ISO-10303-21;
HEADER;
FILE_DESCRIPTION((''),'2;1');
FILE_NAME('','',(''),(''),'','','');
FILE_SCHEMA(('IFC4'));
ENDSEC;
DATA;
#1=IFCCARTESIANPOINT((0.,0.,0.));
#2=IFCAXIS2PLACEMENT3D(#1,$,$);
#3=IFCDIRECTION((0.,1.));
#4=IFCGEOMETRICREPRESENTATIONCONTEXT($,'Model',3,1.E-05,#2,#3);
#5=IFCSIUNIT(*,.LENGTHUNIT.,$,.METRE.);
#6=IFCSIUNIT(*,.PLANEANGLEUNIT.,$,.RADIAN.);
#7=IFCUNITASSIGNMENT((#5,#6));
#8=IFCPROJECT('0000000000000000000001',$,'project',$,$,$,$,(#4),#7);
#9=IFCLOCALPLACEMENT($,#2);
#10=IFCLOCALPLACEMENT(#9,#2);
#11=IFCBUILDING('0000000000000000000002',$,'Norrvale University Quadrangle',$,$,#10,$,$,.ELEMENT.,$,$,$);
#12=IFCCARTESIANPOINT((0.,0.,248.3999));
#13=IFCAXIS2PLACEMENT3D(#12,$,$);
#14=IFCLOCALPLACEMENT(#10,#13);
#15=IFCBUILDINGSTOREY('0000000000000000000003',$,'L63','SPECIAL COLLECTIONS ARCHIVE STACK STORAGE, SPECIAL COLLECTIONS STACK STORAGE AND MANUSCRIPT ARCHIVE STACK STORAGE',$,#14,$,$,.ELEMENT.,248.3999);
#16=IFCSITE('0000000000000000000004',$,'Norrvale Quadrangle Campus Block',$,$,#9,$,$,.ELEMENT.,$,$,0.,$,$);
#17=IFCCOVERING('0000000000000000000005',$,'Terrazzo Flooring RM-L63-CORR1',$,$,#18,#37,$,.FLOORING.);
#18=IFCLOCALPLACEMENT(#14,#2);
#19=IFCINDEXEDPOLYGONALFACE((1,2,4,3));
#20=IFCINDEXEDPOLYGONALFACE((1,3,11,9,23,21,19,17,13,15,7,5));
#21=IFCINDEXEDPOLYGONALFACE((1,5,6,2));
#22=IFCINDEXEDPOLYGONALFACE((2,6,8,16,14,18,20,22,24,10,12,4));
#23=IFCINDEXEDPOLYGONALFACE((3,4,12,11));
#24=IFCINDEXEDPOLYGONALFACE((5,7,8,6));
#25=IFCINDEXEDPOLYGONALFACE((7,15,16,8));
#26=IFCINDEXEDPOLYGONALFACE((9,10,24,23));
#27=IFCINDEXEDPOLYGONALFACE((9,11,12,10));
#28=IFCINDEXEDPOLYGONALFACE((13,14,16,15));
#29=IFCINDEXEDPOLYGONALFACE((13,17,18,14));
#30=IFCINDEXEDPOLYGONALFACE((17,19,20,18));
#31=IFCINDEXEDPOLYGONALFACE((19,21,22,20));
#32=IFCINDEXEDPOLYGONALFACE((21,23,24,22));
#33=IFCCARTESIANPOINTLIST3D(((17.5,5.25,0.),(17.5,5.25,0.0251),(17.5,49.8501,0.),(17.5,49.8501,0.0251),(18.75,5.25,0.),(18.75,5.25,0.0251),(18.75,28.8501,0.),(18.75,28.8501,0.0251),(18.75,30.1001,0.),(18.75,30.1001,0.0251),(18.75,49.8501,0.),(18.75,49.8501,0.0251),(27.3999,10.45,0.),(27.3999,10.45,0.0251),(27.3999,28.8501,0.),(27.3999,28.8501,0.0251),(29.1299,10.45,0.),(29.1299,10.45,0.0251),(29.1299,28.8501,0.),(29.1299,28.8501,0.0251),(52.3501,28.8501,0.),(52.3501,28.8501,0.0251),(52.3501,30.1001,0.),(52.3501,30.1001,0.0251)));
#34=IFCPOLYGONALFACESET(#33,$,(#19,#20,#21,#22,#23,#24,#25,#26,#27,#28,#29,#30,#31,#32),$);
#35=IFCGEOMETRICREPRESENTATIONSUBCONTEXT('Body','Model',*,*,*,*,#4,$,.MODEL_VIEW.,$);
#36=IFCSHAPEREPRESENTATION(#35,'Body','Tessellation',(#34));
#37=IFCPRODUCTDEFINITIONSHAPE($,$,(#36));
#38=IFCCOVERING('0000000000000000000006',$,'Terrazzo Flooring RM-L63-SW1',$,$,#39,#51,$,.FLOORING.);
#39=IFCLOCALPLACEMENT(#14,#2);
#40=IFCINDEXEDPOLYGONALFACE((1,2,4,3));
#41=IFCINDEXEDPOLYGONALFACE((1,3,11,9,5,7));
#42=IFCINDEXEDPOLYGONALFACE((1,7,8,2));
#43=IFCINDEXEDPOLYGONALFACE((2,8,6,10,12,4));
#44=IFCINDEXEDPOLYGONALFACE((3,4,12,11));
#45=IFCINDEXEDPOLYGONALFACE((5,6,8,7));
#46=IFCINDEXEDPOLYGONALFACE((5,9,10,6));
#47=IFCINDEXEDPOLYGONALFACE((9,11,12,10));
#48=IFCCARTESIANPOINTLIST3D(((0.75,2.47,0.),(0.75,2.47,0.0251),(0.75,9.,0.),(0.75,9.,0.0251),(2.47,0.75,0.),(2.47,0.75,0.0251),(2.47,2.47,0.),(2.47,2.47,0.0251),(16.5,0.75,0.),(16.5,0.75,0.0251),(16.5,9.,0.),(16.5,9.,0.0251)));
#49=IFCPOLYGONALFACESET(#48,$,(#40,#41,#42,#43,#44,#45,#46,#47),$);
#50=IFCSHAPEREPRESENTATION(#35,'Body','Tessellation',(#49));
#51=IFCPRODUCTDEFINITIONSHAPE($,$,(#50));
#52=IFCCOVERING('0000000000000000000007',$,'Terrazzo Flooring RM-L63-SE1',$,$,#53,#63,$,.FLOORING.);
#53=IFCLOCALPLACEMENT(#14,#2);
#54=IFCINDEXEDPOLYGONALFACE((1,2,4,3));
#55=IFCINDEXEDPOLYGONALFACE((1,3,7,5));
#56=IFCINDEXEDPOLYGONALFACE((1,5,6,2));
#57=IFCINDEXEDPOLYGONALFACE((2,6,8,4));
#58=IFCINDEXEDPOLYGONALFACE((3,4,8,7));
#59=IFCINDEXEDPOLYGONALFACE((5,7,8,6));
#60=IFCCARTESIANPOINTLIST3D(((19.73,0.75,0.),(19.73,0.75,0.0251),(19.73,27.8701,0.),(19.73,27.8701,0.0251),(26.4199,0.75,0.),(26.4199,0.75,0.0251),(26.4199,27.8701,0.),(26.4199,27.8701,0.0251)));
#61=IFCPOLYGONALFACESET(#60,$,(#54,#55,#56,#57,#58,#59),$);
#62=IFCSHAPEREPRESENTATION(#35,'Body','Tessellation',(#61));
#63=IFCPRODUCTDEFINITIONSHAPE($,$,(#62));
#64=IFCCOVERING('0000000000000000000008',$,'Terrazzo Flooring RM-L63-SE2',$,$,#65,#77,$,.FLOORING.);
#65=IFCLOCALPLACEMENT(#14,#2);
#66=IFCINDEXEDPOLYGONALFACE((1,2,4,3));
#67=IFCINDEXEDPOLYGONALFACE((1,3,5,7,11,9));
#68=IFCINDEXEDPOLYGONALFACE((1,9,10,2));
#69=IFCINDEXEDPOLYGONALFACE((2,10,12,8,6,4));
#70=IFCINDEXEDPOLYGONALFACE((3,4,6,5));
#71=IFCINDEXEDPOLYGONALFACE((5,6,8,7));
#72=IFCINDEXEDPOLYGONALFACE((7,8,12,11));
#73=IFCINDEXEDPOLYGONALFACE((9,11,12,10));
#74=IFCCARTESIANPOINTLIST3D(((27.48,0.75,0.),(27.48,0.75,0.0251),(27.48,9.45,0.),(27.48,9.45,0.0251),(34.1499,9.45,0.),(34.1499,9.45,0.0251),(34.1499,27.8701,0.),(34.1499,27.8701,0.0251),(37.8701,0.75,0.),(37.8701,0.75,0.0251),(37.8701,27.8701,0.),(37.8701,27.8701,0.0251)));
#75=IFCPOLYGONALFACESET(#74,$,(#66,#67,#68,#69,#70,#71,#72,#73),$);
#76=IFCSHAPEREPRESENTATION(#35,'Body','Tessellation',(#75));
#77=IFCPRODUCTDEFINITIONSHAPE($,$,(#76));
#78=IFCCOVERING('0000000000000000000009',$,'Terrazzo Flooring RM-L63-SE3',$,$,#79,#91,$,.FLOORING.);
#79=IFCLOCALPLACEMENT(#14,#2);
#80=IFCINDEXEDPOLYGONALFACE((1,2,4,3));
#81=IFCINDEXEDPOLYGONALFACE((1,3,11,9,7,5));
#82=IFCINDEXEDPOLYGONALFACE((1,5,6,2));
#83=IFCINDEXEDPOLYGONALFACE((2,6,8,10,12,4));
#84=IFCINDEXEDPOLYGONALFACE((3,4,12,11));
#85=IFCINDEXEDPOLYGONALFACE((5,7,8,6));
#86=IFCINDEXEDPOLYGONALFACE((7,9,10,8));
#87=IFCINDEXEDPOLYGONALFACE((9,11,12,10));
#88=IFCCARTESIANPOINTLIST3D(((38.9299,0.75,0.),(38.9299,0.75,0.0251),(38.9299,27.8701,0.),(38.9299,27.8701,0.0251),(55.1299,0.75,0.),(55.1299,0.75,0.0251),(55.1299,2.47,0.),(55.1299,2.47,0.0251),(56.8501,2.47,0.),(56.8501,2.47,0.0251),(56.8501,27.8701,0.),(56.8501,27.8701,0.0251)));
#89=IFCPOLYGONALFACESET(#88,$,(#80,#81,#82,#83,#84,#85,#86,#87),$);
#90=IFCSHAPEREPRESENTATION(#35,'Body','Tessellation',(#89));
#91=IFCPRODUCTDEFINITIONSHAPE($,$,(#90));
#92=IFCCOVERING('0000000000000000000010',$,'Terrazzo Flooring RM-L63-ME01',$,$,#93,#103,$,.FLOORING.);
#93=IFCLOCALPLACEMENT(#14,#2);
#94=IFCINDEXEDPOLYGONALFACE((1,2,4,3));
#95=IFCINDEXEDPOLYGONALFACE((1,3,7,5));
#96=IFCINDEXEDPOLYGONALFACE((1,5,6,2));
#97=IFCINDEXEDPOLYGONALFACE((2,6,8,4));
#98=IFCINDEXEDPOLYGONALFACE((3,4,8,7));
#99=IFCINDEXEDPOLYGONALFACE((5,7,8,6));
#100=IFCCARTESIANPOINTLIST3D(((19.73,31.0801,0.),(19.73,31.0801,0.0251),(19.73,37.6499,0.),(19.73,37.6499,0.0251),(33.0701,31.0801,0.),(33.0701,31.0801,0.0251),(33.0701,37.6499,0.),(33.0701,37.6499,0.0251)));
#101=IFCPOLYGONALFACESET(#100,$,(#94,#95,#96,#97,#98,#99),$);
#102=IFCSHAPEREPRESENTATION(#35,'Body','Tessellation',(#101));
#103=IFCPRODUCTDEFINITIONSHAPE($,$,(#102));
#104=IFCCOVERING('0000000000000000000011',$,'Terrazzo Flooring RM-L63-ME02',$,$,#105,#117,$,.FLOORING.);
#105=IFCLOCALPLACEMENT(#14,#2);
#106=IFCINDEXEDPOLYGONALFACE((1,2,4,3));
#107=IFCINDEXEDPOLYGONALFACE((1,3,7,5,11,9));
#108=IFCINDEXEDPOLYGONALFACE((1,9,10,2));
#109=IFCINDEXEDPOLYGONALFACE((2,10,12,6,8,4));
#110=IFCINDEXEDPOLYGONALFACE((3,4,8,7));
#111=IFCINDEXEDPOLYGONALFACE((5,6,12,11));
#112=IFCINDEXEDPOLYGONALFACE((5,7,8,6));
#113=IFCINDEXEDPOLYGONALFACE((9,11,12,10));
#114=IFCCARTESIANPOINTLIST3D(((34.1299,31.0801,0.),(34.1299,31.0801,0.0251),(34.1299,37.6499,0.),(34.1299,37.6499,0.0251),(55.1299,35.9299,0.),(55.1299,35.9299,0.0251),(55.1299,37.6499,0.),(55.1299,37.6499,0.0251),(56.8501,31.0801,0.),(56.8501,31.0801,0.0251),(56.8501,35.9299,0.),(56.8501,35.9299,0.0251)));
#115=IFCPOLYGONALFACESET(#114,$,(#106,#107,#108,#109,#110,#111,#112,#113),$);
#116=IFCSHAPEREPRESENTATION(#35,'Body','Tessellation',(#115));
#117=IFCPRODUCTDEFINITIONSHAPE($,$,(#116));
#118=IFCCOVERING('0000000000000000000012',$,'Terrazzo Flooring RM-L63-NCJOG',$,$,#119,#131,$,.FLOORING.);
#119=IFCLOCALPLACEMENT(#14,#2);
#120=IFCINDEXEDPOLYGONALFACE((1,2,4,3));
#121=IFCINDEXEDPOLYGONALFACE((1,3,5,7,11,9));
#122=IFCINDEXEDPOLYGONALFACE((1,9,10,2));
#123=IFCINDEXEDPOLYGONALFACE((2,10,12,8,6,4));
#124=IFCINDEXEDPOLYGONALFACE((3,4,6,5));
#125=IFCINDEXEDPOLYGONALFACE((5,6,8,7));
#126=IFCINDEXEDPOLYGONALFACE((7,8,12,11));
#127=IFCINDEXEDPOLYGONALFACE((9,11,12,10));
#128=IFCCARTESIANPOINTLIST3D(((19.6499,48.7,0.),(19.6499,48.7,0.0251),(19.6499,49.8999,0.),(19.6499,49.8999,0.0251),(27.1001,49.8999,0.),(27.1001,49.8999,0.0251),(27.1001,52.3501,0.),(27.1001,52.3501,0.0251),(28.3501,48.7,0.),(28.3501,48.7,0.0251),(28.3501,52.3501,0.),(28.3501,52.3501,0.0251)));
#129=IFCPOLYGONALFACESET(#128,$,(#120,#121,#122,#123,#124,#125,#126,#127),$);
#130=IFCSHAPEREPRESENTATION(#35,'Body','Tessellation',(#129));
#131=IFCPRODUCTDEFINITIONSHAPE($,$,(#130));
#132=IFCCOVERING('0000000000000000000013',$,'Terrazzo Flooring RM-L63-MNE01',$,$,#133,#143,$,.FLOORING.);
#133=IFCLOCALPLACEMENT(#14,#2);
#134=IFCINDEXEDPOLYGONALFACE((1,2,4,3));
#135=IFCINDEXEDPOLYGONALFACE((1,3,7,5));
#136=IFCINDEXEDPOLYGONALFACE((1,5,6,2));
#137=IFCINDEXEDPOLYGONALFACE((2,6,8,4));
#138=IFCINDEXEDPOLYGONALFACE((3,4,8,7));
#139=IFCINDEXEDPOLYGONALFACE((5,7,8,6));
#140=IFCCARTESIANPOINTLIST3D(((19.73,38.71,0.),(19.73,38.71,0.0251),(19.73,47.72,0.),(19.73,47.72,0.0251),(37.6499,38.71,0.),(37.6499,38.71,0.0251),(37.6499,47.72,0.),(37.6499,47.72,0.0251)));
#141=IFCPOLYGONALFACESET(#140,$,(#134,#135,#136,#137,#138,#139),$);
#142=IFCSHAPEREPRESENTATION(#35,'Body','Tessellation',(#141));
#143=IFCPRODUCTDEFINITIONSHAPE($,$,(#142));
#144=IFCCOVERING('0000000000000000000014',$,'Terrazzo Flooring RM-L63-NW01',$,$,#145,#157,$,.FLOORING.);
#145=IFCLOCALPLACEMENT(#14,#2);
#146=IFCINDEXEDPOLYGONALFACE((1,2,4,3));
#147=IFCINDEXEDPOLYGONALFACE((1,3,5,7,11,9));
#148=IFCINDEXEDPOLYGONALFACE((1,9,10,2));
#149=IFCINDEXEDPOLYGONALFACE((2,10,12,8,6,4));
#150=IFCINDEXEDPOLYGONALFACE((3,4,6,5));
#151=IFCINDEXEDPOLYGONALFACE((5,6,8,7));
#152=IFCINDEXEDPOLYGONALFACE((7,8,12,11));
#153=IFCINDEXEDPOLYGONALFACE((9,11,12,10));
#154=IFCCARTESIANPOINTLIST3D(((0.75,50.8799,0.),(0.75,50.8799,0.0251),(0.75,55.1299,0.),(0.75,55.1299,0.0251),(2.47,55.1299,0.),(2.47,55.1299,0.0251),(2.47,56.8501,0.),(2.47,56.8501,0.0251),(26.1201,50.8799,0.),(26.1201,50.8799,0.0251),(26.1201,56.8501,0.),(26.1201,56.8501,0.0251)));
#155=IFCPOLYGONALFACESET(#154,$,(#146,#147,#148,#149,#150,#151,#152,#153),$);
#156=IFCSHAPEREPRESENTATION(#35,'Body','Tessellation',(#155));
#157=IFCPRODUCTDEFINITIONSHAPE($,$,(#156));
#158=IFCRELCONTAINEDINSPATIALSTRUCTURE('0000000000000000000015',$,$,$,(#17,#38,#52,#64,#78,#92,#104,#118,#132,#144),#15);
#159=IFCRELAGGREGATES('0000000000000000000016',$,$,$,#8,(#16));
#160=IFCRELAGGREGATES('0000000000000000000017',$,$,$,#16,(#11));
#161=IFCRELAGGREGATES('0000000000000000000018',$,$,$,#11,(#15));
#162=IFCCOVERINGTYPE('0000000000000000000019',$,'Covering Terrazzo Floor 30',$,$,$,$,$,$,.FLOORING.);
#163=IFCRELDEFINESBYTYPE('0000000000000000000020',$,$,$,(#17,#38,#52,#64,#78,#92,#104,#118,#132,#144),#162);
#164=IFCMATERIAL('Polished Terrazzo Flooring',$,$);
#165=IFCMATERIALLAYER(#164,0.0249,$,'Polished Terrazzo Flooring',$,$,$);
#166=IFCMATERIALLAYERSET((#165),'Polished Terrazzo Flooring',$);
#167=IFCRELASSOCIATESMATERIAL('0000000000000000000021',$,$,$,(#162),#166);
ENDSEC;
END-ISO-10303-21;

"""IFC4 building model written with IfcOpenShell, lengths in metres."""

from ifc_helpers import new_model, si_unit, direction, frame, origin, place, context, subcontext, project, spatial, polyline, outline, extrude, material, layer, layer_set, type_object, element, save


model = new_model("IFC4")

# Units and contexts
model_context = context("Model", 3, precision=1e-05, world=origin(), true_north=direction((0.0, 1.0)))
body_context = subcontext(model_context, "Body", "Model", "MODEL_VIEW")
ifc_project = project(units=[si_unit("LENGTHUNIT", "METRE"), si_unit("PLANEANGLEUNIT", "RADIAN")], contexts=[model_context])

# Site, building, storey
site_placement = place(None, origin())
site = spatial("IfcSite", under=ifc_project, at=site_placement, Name="Norrvale Quadrangle Campus Block", CompositionType="ELEMENT", RefElevation=0.0)
building_placement = place(site_placement, origin())
building = spatial("IfcBuilding", under=site, at=building_placement, Name="Norrvale University Quadrangle", CompositionType="ELEMENT")
storey_placement = place(building_placement, frame((0.0, 0.0, 248.3999)))
storey = spatial("IfcBuildingStorey", under=building, at=storey_placement, Name="L63", Description="SPECIAL COLLECTIONS ARCHIVE STACK STORAGE, SPECIAL COLLECTIONS STACK STORAGE AND MANUSCRIPT ARCHIVE STACK STORAGE", CompositionType="ELEMENT", Elevation=248.3999)

# Coverings
ifc_material_1 = material(Name="Polished Terrazzo Flooring")
ifc_layer_1 = layer(ifc_material_1, 0.0249, Name="Polished Terrazzo Flooring")
ifc_layer_set_1 = layer_set([ifc_layer_1], Name="Polished Terrazzo Flooring")
covering_type_1 = type_object("IfcCoveringType", Name="Covering Terrazzo Floor 30", PredefinedType="FLOORING", material=ifc_layer_set_1)
covering_1_placement = place(storey_placement, origin())
element("IfcCovering", 1, at=covering_1_placement, inside=storey, type_object=covering_type_1, Name="Terrazzo Flooring RM-L63-CORR1", PredefinedType="FLOORING", context=body_context, shape_type="SweptSolid", body=[
    extrude(outline(polyline([(17.5, 5.25), (17.5, 49.8501), (18.75, 49.8501), (18.75, 30.1001), (52.3501, 30.1001), (52.3501, 28.8501), (29.1299, 28.8501), (29.1299, 10.45), (27.3999, 10.45), (27.3999, 28.8501), (18.75, 28.8501), (18.75, 5.25), (17.5, 5.25)])), origin(), (0.0, 0.0, 1.0), 0.0251),
])
covering_2_placement = place(storey_placement, origin())
element("IfcCovering", 2, at=covering_2_placement, inside=storey, type_object=covering_type_1, Name="Terrazzo Flooring RM-L63-SW1", PredefinedType="FLOORING", context=body_context, shape_type="SweptSolid", body=[
    extrude(outline(polyline([(0.75, 9.0), (16.5, 9.0), (16.5, 0.75), (2.47, 0.75), (2.47, 2.47), (0.75, 2.47), (0.75, 9.0)])), origin(), (0.0, 0.0, 1.0), 0.0251),
])
covering_3_placement = place(storey_placement, origin())
element("IfcCovering", 3, at=covering_3_placement, inside=storey, type_object=covering_type_1, Name="Terrazzo Flooring RM-L63-SE1", PredefinedType="FLOORING", context=body_context, shape_type="SweptSolid", body=[
    extrude(outline(polyline([(19.73, 27.8701), (26.4199, 27.8701), (26.4199, 0.75), (19.73, 0.75), (19.73, 27.8701)])), origin(), (0.0, 0.0, 1.0), 0.0251),
])
covering_4_placement = place(storey_placement, origin())
element("IfcCovering", 4, at=covering_4_placement, inside=storey, type_object=covering_type_1, Name="Terrazzo Flooring RM-L63-SE2", PredefinedType="FLOORING", context=body_context, shape_type="SweptSolid", body=[
    extrude(outline(polyline([(27.48, 9.45), (34.1499, 9.45), (34.1499, 27.8701), (37.8701, 27.8701), (37.8701, 0.75), (27.48, 0.75), (27.48, 9.45)])), origin(), (0.0, 0.0, 1.0), 0.0251),
])
covering_5_placement = place(storey_placement, origin())
element("IfcCovering", 5, at=covering_5_placement, inside=storey, type_object=covering_type_1, Name="Terrazzo Flooring RM-L63-SE3", PredefinedType="FLOORING", context=body_context, shape_type="SweptSolid", body=[
    extrude(outline(polyline([(38.9299, 0.75), (38.9299, 27.8701), (56.8501, 27.8701), (56.8501, 2.47), (55.1299, 2.47), (55.1299, 0.75), (38.9299, 0.75)])), origin(), (0.0, 0.0, 1.0), 0.0251),
])
covering_6_placement = place(storey_placement, origin())
element("IfcCovering", 6, at=covering_6_placement, inside=storey, type_object=covering_type_1, Name="Terrazzo Flooring RM-L63-ME01", PredefinedType="FLOORING", context=body_context, shape_type="SweptSolid", body=[
    extrude(outline(polyline([(19.73, 37.6499), (33.0701, 37.6499), (33.0701, 31.0801), (19.73, 31.0801), (19.73, 37.6499)])), origin(), (0.0, 0.0, 1.0), 0.0251),
])
covering_7_placement = place(storey_placement, origin())
element("IfcCovering", 7, at=covering_7_placement, inside=storey, type_object=covering_type_1, Name="Terrazzo Flooring RM-L63-ME02", PredefinedType="FLOORING", context=body_context, shape_type="SweptSolid", body=[
    extrude(outline(polyline([(56.8501, 31.0801), (34.1299, 31.0801), (34.1299, 37.6499), (55.1299, 37.6499), (55.1299, 35.9299), (56.8501, 35.9299), (56.8501, 31.0801)])), origin(), (0.0, 0.0, 1.0), 0.0251),
])
covering_8_placement = place(storey_placement, origin())
element("IfcCovering", 8, at=covering_8_placement, inside=storey, type_object=covering_type_1, Name="Terrazzo Flooring RM-L63-NCJOG", PredefinedType="FLOORING", context=body_context, shape_type="SweptSolid", body=[
    extrude(outline(polyline([(19.6499, 48.7), (19.6499, 49.8999), (27.1001, 49.8999), (27.1001, 52.3501), (28.3501, 52.3501), (28.3501, 48.7), (19.6499, 48.7)])), origin(), (0.0, 0.0, 1.0), 0.0251),
])
covering_9_placement = place(storey_placement, origin())
element("IfcCovering", 9, at=covering_9_placement, inside=storey, type_object=covering_type_1, Name="Terrazzo Flooring RM-L63-MNE01", PredefinedType="FLOORING", context=body_context, shape_type="SweptSolid", body=[
    extrude(outline(polyline([(19.73, 47.72), (37.6499, 47.72), (37.6499, 38.71), (19.73, 38.71), (19.73, 47.72)])), origin(), (0.0, 0.0, 1.0), 0.0251),
])
covering_10_placement = place(storey_placement, origin())
element("IfcCovering", 10, at=covering_10_placement, inside=storey, type_object=covering_type_1, Name="Terrazzo Flooring RM-L63-NW01", PredefinedType="FLOORING", context=body_context, shape_type="SweptSolid", body=[
    extrude(outline(polyline([(26.1201, 56.8501), (26.1201, 50.8799), (0.75, 50.8799), (0.75, 55.1299), (2.47, 55.1299), (2.47, 56.8501), (26.1201, 56.8501)])), origin(), (0.0, 0.0, 1.0), 0.0251),
])

save(model, "model.ifc")
